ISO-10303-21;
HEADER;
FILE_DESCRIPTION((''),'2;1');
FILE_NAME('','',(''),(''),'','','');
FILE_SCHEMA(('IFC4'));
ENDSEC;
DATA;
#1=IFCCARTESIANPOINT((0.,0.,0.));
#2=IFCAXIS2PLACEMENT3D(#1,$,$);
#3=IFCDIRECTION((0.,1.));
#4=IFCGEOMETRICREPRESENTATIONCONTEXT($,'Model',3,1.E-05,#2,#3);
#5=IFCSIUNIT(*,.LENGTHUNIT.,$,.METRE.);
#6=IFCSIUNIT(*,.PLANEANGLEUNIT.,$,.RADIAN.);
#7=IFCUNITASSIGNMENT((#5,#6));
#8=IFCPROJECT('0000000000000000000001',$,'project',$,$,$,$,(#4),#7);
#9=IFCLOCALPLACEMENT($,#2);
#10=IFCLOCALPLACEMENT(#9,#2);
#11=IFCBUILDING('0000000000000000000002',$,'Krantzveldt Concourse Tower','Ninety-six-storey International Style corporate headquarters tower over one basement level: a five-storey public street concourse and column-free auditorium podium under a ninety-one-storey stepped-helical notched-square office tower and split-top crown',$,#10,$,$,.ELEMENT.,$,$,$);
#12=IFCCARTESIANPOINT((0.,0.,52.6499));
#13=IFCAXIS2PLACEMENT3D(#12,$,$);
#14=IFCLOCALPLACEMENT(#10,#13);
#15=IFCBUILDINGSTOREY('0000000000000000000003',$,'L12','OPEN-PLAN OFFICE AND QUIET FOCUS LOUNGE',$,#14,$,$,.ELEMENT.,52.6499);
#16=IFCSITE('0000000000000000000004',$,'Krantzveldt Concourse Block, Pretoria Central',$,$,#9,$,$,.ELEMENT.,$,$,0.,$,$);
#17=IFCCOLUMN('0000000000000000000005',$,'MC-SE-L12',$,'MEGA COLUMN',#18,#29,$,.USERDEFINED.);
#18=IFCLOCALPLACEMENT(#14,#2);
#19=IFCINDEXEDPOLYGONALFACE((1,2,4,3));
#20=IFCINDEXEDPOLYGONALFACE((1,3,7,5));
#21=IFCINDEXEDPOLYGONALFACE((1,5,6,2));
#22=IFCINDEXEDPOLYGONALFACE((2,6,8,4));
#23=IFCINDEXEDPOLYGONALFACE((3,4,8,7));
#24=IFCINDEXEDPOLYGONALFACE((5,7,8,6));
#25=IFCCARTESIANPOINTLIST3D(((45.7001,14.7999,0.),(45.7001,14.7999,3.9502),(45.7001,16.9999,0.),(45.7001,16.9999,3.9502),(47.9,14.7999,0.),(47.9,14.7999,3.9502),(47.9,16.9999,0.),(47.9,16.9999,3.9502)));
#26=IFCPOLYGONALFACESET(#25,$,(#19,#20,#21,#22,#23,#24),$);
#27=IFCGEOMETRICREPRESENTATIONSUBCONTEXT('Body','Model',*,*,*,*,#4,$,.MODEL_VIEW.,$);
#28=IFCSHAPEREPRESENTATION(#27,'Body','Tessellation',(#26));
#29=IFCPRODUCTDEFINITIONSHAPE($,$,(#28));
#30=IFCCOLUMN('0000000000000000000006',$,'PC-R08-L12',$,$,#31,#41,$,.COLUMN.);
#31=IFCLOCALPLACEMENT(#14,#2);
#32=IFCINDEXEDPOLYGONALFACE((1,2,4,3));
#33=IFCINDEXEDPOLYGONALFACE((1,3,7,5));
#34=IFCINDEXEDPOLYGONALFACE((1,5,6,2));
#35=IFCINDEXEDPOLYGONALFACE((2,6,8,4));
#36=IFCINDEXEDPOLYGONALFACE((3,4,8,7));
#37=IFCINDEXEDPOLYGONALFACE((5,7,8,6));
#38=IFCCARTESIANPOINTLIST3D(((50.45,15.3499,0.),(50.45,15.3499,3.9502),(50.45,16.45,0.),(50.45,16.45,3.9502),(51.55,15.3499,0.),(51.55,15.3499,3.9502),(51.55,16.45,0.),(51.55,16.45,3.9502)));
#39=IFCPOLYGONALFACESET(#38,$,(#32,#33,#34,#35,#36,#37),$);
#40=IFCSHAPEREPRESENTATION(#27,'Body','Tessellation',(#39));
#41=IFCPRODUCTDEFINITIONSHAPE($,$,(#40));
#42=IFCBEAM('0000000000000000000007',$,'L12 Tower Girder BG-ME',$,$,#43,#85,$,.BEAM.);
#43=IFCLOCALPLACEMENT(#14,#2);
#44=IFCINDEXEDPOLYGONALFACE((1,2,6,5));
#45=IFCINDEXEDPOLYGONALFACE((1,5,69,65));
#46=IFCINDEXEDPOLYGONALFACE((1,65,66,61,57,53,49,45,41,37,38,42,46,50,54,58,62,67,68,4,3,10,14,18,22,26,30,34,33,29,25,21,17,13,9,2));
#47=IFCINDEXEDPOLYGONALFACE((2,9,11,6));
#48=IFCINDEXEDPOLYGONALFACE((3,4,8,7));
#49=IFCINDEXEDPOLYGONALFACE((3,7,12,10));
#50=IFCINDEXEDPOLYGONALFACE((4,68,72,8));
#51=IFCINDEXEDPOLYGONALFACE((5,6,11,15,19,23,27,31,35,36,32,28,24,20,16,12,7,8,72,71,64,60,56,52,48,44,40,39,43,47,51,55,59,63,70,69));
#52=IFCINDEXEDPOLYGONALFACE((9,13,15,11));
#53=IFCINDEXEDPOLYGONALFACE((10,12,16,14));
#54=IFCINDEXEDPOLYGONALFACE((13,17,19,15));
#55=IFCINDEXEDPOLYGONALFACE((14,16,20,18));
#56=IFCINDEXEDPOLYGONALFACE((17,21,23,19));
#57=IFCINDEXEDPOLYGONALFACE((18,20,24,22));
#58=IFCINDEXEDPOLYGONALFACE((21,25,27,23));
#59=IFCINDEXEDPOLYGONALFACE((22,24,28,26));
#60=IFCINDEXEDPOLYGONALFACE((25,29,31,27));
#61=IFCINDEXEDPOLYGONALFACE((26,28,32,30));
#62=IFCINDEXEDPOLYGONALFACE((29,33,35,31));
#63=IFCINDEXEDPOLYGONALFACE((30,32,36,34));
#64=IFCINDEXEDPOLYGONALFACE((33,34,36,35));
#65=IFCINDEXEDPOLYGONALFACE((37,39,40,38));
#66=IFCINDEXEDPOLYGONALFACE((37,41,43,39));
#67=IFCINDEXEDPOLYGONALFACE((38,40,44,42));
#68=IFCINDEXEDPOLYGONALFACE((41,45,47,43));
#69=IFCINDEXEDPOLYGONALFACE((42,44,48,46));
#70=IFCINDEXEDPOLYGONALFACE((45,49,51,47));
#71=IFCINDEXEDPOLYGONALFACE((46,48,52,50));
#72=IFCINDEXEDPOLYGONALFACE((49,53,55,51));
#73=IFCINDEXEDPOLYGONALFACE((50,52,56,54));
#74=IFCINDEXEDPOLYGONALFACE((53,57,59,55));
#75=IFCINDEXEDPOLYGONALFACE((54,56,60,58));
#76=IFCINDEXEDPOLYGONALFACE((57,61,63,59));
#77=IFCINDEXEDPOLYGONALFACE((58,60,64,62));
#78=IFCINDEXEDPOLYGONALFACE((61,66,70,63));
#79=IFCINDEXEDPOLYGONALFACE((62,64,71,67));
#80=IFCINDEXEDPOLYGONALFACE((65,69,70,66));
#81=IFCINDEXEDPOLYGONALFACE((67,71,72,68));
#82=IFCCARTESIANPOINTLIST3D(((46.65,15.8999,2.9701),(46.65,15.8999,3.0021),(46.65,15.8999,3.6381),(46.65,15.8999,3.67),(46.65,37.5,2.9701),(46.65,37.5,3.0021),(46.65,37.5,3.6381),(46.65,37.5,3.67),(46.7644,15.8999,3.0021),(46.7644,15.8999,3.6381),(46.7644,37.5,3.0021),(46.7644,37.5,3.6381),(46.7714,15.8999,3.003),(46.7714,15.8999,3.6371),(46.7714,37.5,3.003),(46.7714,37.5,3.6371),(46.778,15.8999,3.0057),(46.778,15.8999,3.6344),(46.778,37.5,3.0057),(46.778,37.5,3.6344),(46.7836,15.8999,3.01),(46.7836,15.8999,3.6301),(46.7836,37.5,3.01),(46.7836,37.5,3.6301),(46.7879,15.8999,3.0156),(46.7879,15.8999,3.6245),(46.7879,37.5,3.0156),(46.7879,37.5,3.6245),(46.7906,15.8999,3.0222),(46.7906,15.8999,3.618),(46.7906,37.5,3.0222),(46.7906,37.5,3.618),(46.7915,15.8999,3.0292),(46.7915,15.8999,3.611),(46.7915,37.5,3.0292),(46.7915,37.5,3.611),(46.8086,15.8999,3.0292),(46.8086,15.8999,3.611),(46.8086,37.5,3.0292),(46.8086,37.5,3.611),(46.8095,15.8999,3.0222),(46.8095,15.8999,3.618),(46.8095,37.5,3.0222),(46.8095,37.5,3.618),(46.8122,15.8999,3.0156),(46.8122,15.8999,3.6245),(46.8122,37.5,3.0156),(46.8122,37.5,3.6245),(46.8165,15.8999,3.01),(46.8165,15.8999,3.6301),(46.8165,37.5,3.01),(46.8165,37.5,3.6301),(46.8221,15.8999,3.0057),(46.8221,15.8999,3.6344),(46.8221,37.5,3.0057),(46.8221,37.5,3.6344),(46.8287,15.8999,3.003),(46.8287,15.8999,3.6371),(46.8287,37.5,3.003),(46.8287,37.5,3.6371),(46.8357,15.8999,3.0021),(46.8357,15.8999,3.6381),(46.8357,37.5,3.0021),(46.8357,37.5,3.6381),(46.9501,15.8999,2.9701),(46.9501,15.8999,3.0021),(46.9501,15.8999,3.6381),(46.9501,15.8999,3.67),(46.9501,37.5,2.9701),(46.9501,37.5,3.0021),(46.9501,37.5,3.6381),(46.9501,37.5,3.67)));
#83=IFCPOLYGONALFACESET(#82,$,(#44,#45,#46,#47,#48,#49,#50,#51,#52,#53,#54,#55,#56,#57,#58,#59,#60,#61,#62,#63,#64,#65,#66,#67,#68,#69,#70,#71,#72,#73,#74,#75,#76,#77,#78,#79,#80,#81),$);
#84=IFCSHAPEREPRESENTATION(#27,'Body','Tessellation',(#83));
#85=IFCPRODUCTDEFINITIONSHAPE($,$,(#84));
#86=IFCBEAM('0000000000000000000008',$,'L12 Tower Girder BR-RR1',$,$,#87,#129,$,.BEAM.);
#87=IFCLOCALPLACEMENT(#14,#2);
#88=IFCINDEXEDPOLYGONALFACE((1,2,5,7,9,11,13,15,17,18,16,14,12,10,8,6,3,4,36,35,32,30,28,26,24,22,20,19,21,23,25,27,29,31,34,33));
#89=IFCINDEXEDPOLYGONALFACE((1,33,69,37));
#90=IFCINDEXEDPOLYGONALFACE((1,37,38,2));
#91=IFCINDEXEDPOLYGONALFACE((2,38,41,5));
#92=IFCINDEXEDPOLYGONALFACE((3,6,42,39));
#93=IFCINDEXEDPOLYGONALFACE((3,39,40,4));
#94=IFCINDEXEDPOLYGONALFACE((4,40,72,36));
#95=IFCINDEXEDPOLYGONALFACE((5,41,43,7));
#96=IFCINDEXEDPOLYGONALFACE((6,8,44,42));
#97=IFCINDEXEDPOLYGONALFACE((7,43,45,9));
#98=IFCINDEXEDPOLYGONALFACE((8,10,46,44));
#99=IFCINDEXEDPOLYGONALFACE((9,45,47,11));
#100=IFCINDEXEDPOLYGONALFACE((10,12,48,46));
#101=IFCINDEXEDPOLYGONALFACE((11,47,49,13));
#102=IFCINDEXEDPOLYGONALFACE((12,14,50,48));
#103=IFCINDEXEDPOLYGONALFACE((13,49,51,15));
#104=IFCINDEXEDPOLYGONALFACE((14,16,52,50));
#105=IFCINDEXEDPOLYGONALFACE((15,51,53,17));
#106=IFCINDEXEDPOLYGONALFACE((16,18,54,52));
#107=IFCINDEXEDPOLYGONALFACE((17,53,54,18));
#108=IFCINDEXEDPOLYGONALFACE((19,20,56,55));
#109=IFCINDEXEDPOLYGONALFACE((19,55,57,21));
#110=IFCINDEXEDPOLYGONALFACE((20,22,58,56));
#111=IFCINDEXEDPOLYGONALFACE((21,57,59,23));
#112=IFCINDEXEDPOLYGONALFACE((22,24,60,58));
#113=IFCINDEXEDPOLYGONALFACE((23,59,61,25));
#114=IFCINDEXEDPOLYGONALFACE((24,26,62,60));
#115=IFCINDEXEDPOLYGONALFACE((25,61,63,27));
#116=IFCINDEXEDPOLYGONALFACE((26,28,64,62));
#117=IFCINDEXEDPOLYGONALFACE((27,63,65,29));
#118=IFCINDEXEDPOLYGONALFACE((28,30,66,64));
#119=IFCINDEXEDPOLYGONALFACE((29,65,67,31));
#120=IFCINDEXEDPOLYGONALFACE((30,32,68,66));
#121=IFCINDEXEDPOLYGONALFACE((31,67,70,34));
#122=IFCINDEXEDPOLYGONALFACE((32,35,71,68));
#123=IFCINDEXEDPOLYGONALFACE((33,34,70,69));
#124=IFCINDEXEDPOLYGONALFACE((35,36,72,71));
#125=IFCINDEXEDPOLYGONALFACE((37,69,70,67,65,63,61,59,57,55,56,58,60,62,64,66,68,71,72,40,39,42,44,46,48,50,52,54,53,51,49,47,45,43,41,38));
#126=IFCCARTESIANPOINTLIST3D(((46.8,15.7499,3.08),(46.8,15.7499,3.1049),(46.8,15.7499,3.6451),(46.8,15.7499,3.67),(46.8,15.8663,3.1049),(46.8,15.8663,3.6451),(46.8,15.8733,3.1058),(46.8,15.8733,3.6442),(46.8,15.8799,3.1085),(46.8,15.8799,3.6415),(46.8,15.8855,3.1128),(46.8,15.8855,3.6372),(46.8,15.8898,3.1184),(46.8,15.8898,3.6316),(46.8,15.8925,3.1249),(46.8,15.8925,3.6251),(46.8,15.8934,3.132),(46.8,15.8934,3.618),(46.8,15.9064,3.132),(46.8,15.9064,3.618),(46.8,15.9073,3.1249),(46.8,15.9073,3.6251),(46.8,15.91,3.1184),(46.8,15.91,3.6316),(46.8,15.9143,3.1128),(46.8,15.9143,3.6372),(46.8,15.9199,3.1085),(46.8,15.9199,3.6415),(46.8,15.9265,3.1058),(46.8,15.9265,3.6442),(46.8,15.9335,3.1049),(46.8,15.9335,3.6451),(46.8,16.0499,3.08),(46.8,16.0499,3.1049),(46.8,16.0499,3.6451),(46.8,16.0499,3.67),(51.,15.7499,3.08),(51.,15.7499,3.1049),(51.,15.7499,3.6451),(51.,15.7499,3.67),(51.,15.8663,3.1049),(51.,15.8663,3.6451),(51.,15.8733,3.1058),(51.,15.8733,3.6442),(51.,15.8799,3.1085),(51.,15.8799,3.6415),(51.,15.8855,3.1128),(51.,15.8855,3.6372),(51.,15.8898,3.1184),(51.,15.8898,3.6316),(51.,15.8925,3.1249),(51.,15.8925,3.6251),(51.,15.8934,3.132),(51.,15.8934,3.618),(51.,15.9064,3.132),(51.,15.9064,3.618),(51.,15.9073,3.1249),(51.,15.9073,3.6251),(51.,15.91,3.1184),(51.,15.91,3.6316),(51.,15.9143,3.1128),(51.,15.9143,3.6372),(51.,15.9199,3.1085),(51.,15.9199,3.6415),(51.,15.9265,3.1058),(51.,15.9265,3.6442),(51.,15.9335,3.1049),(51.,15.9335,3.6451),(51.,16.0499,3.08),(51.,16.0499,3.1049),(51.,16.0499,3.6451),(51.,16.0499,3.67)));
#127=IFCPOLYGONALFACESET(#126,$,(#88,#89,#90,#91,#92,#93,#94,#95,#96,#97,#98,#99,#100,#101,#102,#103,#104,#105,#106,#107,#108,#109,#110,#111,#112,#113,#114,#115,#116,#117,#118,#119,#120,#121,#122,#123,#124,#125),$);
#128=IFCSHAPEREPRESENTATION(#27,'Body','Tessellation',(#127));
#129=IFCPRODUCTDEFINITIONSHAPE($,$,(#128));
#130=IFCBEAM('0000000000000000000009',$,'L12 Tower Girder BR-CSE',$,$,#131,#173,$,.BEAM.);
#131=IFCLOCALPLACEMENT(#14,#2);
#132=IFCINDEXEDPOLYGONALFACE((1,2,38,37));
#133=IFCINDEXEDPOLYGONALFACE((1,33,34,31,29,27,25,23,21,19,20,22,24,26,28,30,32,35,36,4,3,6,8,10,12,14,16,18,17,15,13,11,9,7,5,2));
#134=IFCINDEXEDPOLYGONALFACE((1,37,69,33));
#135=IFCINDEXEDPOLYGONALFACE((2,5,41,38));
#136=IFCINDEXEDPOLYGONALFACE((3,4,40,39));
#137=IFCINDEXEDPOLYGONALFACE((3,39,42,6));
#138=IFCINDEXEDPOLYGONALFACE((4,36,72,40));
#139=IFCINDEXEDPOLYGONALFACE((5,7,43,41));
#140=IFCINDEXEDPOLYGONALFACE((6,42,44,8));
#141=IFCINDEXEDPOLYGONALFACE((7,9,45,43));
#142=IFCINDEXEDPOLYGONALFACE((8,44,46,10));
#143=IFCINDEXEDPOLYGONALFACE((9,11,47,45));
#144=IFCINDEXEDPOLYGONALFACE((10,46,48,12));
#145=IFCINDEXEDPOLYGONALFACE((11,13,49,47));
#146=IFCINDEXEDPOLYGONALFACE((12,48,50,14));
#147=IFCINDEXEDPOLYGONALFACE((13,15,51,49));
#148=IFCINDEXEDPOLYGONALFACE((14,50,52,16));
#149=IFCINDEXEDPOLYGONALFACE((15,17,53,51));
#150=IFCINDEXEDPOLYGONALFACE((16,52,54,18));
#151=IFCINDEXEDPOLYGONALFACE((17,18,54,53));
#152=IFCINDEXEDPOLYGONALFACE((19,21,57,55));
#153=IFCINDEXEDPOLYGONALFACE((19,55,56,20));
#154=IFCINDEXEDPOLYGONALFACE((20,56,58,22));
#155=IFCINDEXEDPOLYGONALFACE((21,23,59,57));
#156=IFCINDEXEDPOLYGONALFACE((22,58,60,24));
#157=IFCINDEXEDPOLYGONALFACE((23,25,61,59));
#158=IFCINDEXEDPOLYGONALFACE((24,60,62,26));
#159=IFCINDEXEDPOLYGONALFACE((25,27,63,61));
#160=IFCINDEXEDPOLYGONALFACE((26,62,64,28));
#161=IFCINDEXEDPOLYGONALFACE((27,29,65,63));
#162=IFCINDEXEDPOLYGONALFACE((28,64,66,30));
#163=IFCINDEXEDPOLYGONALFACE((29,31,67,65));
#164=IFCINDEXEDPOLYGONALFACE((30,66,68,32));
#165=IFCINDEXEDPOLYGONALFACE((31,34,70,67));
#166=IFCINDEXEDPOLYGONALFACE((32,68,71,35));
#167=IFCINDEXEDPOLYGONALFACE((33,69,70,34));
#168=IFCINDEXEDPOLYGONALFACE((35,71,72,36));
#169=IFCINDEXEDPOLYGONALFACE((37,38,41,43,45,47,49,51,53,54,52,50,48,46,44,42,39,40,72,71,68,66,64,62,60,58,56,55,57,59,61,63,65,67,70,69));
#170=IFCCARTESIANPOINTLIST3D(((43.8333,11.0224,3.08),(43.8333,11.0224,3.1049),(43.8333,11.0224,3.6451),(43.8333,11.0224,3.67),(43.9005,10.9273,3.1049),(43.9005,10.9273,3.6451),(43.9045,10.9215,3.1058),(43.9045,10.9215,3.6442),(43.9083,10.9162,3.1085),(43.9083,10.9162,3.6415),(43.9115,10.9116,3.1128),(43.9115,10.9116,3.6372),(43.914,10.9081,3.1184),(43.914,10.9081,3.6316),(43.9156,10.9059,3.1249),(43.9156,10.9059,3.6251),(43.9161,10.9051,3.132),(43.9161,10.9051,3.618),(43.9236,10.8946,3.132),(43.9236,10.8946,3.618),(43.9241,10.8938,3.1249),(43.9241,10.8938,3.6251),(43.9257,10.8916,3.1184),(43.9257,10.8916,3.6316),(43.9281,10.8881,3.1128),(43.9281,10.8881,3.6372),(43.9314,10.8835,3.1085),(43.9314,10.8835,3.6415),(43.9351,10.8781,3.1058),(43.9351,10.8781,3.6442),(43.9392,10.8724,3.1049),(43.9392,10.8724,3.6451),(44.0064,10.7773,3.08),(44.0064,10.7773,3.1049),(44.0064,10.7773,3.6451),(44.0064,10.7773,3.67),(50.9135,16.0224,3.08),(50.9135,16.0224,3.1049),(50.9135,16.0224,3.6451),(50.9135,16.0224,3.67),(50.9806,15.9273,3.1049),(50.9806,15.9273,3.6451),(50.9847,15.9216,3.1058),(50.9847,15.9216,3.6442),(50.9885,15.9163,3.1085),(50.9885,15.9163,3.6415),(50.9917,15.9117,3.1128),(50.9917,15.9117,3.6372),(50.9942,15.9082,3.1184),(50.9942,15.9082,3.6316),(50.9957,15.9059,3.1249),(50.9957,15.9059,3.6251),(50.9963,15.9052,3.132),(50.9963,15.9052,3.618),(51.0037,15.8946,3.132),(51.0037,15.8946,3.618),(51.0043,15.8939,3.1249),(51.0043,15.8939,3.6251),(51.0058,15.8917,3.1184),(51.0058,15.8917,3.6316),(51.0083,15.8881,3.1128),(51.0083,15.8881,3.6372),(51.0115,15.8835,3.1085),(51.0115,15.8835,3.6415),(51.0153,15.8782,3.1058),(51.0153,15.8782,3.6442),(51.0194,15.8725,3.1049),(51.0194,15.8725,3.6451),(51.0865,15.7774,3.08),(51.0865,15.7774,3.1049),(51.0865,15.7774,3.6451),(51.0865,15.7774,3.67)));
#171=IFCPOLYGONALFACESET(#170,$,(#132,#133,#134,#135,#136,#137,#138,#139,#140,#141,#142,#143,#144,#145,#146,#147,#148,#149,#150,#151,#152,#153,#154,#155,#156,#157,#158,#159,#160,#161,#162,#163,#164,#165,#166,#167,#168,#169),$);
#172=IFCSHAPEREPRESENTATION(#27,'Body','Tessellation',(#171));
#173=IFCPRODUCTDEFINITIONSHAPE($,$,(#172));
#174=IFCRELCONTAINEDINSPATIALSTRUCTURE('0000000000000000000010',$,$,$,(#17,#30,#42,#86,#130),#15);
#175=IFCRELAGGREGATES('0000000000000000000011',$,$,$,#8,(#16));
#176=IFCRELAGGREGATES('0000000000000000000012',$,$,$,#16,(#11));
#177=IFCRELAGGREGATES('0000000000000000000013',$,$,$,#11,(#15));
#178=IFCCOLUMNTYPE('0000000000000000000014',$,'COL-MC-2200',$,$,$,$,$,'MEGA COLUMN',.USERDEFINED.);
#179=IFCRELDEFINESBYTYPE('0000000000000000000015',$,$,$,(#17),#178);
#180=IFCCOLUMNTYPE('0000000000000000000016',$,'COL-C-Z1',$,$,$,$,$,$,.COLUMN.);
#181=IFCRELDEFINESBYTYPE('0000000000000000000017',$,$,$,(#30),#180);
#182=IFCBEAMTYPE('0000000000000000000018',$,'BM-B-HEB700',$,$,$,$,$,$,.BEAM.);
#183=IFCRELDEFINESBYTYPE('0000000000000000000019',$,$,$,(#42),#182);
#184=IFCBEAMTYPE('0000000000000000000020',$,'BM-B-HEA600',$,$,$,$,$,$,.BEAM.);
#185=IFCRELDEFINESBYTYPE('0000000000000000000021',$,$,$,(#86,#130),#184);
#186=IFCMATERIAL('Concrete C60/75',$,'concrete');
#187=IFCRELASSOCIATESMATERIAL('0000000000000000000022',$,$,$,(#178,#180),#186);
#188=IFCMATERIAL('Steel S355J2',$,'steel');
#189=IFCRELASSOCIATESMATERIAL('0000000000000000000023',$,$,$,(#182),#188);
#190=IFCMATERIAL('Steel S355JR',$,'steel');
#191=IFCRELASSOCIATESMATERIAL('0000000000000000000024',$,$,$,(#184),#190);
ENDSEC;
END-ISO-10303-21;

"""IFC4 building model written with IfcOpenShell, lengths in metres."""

from ifc_helpers import new_model, si_unit, direction, frame, origin, origin_2d, place, context, subcontext, project, spatial, rectangle, i_section, extrude, source, transform, mapped, material, material_profile, profile_set, type_object, type_shapes, element, save


model = new_model("IFC4")

# Units and contexts
model_context = context("Model", 3, precision=1e-05, world=origin(), true_north=direction((0.0, 1.0)))
body_context = subcontext(model_context, "Body", "Model", "MODEL_VIEW")
ifc_project = project(units=[si_unit("LENGTHUNIT", "METRE"), si_unit("PLANEANGLEUNIT", "RADIAN")], contexts=[model_context])

# Site, building, storey
site_placement = place(None, origin())
site = spatial("IfcSite", under=ifc_project, at=site_placement, Name="Krantzveldt Concourse Block, Pretoria Central", CompositionType="ELEMENT", RefElevation=0.0)
building_placement = place(site_placement, origin())
building = spatial("IfcBuilding", under=site, at=building_placement, Name="Krantzveldt Concourse Tower", Description="Ninety-six-storey International Style corporate headquarters tower over one basement level: a five-storey public street concourse and column-free auditorium podium under a ninety-one-storey stepped-helical notched-square office tower and split-top crown", CompositionType="ELEMENT")
storey_placement = place(building_placement, frame((0.0, 0.0, 52.6499)))
storey = spatial("IfcBuildingStorey", under=building, at=storey_placement, Name="L12", Description="OPEN-PLAN OFFICE AND QUIET FOCUS LOUNGE", CompositionType="ELEMENT", Elevation=52.6499)

# Columns
ifc_material_1 = material(Name="Concrete C60/75", Category="concrete")
ifc_material_profile_1 = material_profile(ifc_material_1, rectangle(XDim=2.2, YDim=2.2, at=origin_2d()), Name="Concrete C60/75", Category="concrete")
ifc_profile_set_1 = profile_set([ifc_material_profile_1], Name="Concrete C60/75 - RC 2200x2200")
column_type_1 = type_object("IfcColumnType", Name="COL-MC-2200", ElementType="MEGA COLUMN", PredefinedType="USERDEFINED", material=ifc_profile_set_1)
shared_shape_1 = source(origin(), body_context, "Body", "SweptSolid", [
    extrude(rectangle(XDim=2.2, YDim=2.2, at=origin_2d()), origin(), (0.0, 0.0, 1.0), 3.9502),
])
type_shapes(column_type_1, [shared_shape_1])
column_1_placement = place(storey_placement, frame((46.8, 15.8999, 0.0), z_axis=(0.0, 0.0, 1.0), x_axis=(1.0, 0.0, 0.0)))
element("IfcColumn", 1, at=column_1_placement, inside=storey, type_object=column_type_1, Name="MC-SE-L12", ObjectType="MEGA COLUMN", PredefinedType="USERDEFINED", context=body_context, shape_type="MappedRepresentation", body=[
    mapped(shared_shape_1, transform((0.0, 0.0, 0.0), x_axis=(1.0, 0.0, 0.0), y_axis=(0.0, 1.0, 0.0), z_axis=(0.0, 0.0, 1.0), scale=1.0)),
])
ifc_material_profile_2 = material_profile(ifc_material_1, rectangle(XDim=1.1001, YDim=1.1001, at=origin_2d()), Name="Concrete C60/75", Category="concrete")
ifc_profile_set_2 = profile_set([ifc_material_profile_2], Name="Concrete C60/75 - RC 1100x1100")
column_type_2 = type_object("IfcColumnType", Name="COL-C-Z1", PredefinedType="COLUMN", material=ifc_profile_set_2)
shared_shape_2 = source(origin(), body_context, "Body", "SweptSolid", [
    extrude(rectangle(XDim=1.1001, YDim=1.1001, at=origin_2d()), origin(), (0.0, 0.0, 1.0), 3.9502),
])
type_shapes(column_type_2, [shared_shape_2])
column_2_placement = place(storey_placement, frame((51.0, 15.8999, 0.0), z_axis=(0.0, 0.0, 1.0), x_axis=(1.0, 0.0, 0.0)))
element("IfcColumn", 2, at=column_2_placement, inside=storey, type_object=column_type_2, Name="PC-R08-L12", PredefinedType="COLUMN", context=body_context, shape_type="MappedRepresentation", body=[
    mapped(shared_shape_2, transform((0.0, 0.0, 0.0), x_axis=(1.0, 0.0, 0.0), y_axis=(0.0, 1.0, 0.0), z_axis=(0.0, 0.0, 1.0), scale=1.0)),
])

# Beams
ifc_material_2 = material(Name="Steel S355J2", Category="steel")
ifc_material_profile_3 = material_profile(ifc_material_2, i_section(OverallWidth=0.3, OverallDepth=0.7, WebThickness=0.0171, FlangeThickness=0.032, FilletRadius=0.0271, at=origin_2d()), Name="Steel S355J2", Category="steel")
ifc_profile_set_3 = profile_set([ifc_material_profile_3], Name="Steel S355J2 - HEB 700")
beam_type_1 = type_object("IfcBeamType", Name="BM-B-HEB700", PredefinedType="BEAM", material=ifc_profile_set_3)
shared_shape_3 = source(origin(), body_context, "Body", "SweptSolid", [
    extrude(i_section(OverallWidth=0.3, OverallDepth=0.7, WebThickness=0.0171, FlangeThickness=0.032, FilletRadius=0.0271, at=origin_2d()), origin(), (0.0, 0.0, 1.0), 21.6001),
])
type_shapes(beam_type_1, [shared_shape_3])
beam_1_placement = place(storey_placement, frame((46.8, 15.8999, 3.3201), z_axis=(0.0, 1.0, 0.0), x_axis=(-1.0, 0.0, 0.0)))
element("IfcBeam", 3, at=beam_1_placement, inside=storey, type_object=beam_type_1, Name="L12 Tower Girder BG-ME", PredefinedType="BEAM", context=body_context, shape_type="MappedRepresentation", body=[
    mapped(shared_shape_3, transform((0.0, 0.0, 0.0), x_axis=(1.0, 0.0, 0.0), y_axis=(0.0, 1.0, 0.0), z_axis=(0.0, 0.0, 1.0), scale=1.0)),
])
ifc_material_3 = material(Name="Steel S355JR", Category="steel")
ifc_material_profile_4 = material_profile(ifc_material_3, i_section(OverallWidth=0.3, OverallDepth=0.5901, WebThickness=0.0129, FlangeThickness=0.0249, FilletRadius=0.0271, at=origin_2d()), Name="Steel S355JR", Category="steel")
ifc_profile_set_4 = profile_set([ifc_material_profile_4], Name="Steel S355JR - HEA 600")
beam_type_2 = type_object("IfcBeamType", Name="BM-B-HEA600", PredefinedType="BEAM", material=ifc_profile_set_4)
shared_shape_4 = source(origin(), body_context, "Body", "SweptSolid", [
    extrude(i_section(OverallWidth=0.3, OverallDepth=0.5901, WebThickness=0.0129, FlangeThickness=0.0249, FilletRadius=0.0271, at=origin_2d()), origin(), (0.0, 0.0, 1.0), 4.2),
])
beam_2_placement = place(storey_placement, frame((46.8, 15.8999, 3.375), z_axis=(1.0, 0.0, 0.0), x_axis=(0.0, 1.0, 0.0)))
element("IfcBeam", 4, at=beam_2_placement, inside=storey, type_object=beam_type_2, Name="L12 Tower Girder BR-RR1", PredefinedType="BEAM", context=body_context, shape_type="MappedRepresentation", body=[
    mapped(shared_shape_4, transform((0.0, 0.0, 0.0), x_axis=(1.0, 0.0, 0.0), y_axis=(0.0, 1.0, 0.0), z_axis=(0.0, 0.0, 1.0), scale=1.0)),
])
shared_shape_5 = source(origin(), body_context, "Body", "SweptSolid", [
    extrude(i_section(OverallWidth=0.3, OverallDepth=0.5901, WebThickness=0.0129, FlangeThickness=0.0249, FilletRadius=0.0271, at=origin_2d()), origin(), (0.0, 0.0, 1.0), 8.6677),
])
type_shapes(beam_type_2, [shared_shape_4, shared_shape_5])
beam_3_placement = place(storey_placement, frame((51.0, 15.8999, 3.375), z_axis=(-0.816843, -0.57686, 0.0), x_axis=(0.57686, -0.816843, 0.0)))
element("IfcBeam", 5, at=beam_3_placement, inside=storey, type_object=beam_type_2, Name="L12 Tower Girder BR-CSE", PredefinedType="BEAM", context=body_context, shape_type="MappedRepresentation", body=[
    mapped(shared_shape_5, transform((0.0, 0.0, 0.0), x_axis=(1.0, 0.0, 0.0), y_axis=(0.0, 1.0, 0.0), z_axis=(0.0, 0.0, 1.0), scale=1.0)),
])

save(model, "model.ifc")
